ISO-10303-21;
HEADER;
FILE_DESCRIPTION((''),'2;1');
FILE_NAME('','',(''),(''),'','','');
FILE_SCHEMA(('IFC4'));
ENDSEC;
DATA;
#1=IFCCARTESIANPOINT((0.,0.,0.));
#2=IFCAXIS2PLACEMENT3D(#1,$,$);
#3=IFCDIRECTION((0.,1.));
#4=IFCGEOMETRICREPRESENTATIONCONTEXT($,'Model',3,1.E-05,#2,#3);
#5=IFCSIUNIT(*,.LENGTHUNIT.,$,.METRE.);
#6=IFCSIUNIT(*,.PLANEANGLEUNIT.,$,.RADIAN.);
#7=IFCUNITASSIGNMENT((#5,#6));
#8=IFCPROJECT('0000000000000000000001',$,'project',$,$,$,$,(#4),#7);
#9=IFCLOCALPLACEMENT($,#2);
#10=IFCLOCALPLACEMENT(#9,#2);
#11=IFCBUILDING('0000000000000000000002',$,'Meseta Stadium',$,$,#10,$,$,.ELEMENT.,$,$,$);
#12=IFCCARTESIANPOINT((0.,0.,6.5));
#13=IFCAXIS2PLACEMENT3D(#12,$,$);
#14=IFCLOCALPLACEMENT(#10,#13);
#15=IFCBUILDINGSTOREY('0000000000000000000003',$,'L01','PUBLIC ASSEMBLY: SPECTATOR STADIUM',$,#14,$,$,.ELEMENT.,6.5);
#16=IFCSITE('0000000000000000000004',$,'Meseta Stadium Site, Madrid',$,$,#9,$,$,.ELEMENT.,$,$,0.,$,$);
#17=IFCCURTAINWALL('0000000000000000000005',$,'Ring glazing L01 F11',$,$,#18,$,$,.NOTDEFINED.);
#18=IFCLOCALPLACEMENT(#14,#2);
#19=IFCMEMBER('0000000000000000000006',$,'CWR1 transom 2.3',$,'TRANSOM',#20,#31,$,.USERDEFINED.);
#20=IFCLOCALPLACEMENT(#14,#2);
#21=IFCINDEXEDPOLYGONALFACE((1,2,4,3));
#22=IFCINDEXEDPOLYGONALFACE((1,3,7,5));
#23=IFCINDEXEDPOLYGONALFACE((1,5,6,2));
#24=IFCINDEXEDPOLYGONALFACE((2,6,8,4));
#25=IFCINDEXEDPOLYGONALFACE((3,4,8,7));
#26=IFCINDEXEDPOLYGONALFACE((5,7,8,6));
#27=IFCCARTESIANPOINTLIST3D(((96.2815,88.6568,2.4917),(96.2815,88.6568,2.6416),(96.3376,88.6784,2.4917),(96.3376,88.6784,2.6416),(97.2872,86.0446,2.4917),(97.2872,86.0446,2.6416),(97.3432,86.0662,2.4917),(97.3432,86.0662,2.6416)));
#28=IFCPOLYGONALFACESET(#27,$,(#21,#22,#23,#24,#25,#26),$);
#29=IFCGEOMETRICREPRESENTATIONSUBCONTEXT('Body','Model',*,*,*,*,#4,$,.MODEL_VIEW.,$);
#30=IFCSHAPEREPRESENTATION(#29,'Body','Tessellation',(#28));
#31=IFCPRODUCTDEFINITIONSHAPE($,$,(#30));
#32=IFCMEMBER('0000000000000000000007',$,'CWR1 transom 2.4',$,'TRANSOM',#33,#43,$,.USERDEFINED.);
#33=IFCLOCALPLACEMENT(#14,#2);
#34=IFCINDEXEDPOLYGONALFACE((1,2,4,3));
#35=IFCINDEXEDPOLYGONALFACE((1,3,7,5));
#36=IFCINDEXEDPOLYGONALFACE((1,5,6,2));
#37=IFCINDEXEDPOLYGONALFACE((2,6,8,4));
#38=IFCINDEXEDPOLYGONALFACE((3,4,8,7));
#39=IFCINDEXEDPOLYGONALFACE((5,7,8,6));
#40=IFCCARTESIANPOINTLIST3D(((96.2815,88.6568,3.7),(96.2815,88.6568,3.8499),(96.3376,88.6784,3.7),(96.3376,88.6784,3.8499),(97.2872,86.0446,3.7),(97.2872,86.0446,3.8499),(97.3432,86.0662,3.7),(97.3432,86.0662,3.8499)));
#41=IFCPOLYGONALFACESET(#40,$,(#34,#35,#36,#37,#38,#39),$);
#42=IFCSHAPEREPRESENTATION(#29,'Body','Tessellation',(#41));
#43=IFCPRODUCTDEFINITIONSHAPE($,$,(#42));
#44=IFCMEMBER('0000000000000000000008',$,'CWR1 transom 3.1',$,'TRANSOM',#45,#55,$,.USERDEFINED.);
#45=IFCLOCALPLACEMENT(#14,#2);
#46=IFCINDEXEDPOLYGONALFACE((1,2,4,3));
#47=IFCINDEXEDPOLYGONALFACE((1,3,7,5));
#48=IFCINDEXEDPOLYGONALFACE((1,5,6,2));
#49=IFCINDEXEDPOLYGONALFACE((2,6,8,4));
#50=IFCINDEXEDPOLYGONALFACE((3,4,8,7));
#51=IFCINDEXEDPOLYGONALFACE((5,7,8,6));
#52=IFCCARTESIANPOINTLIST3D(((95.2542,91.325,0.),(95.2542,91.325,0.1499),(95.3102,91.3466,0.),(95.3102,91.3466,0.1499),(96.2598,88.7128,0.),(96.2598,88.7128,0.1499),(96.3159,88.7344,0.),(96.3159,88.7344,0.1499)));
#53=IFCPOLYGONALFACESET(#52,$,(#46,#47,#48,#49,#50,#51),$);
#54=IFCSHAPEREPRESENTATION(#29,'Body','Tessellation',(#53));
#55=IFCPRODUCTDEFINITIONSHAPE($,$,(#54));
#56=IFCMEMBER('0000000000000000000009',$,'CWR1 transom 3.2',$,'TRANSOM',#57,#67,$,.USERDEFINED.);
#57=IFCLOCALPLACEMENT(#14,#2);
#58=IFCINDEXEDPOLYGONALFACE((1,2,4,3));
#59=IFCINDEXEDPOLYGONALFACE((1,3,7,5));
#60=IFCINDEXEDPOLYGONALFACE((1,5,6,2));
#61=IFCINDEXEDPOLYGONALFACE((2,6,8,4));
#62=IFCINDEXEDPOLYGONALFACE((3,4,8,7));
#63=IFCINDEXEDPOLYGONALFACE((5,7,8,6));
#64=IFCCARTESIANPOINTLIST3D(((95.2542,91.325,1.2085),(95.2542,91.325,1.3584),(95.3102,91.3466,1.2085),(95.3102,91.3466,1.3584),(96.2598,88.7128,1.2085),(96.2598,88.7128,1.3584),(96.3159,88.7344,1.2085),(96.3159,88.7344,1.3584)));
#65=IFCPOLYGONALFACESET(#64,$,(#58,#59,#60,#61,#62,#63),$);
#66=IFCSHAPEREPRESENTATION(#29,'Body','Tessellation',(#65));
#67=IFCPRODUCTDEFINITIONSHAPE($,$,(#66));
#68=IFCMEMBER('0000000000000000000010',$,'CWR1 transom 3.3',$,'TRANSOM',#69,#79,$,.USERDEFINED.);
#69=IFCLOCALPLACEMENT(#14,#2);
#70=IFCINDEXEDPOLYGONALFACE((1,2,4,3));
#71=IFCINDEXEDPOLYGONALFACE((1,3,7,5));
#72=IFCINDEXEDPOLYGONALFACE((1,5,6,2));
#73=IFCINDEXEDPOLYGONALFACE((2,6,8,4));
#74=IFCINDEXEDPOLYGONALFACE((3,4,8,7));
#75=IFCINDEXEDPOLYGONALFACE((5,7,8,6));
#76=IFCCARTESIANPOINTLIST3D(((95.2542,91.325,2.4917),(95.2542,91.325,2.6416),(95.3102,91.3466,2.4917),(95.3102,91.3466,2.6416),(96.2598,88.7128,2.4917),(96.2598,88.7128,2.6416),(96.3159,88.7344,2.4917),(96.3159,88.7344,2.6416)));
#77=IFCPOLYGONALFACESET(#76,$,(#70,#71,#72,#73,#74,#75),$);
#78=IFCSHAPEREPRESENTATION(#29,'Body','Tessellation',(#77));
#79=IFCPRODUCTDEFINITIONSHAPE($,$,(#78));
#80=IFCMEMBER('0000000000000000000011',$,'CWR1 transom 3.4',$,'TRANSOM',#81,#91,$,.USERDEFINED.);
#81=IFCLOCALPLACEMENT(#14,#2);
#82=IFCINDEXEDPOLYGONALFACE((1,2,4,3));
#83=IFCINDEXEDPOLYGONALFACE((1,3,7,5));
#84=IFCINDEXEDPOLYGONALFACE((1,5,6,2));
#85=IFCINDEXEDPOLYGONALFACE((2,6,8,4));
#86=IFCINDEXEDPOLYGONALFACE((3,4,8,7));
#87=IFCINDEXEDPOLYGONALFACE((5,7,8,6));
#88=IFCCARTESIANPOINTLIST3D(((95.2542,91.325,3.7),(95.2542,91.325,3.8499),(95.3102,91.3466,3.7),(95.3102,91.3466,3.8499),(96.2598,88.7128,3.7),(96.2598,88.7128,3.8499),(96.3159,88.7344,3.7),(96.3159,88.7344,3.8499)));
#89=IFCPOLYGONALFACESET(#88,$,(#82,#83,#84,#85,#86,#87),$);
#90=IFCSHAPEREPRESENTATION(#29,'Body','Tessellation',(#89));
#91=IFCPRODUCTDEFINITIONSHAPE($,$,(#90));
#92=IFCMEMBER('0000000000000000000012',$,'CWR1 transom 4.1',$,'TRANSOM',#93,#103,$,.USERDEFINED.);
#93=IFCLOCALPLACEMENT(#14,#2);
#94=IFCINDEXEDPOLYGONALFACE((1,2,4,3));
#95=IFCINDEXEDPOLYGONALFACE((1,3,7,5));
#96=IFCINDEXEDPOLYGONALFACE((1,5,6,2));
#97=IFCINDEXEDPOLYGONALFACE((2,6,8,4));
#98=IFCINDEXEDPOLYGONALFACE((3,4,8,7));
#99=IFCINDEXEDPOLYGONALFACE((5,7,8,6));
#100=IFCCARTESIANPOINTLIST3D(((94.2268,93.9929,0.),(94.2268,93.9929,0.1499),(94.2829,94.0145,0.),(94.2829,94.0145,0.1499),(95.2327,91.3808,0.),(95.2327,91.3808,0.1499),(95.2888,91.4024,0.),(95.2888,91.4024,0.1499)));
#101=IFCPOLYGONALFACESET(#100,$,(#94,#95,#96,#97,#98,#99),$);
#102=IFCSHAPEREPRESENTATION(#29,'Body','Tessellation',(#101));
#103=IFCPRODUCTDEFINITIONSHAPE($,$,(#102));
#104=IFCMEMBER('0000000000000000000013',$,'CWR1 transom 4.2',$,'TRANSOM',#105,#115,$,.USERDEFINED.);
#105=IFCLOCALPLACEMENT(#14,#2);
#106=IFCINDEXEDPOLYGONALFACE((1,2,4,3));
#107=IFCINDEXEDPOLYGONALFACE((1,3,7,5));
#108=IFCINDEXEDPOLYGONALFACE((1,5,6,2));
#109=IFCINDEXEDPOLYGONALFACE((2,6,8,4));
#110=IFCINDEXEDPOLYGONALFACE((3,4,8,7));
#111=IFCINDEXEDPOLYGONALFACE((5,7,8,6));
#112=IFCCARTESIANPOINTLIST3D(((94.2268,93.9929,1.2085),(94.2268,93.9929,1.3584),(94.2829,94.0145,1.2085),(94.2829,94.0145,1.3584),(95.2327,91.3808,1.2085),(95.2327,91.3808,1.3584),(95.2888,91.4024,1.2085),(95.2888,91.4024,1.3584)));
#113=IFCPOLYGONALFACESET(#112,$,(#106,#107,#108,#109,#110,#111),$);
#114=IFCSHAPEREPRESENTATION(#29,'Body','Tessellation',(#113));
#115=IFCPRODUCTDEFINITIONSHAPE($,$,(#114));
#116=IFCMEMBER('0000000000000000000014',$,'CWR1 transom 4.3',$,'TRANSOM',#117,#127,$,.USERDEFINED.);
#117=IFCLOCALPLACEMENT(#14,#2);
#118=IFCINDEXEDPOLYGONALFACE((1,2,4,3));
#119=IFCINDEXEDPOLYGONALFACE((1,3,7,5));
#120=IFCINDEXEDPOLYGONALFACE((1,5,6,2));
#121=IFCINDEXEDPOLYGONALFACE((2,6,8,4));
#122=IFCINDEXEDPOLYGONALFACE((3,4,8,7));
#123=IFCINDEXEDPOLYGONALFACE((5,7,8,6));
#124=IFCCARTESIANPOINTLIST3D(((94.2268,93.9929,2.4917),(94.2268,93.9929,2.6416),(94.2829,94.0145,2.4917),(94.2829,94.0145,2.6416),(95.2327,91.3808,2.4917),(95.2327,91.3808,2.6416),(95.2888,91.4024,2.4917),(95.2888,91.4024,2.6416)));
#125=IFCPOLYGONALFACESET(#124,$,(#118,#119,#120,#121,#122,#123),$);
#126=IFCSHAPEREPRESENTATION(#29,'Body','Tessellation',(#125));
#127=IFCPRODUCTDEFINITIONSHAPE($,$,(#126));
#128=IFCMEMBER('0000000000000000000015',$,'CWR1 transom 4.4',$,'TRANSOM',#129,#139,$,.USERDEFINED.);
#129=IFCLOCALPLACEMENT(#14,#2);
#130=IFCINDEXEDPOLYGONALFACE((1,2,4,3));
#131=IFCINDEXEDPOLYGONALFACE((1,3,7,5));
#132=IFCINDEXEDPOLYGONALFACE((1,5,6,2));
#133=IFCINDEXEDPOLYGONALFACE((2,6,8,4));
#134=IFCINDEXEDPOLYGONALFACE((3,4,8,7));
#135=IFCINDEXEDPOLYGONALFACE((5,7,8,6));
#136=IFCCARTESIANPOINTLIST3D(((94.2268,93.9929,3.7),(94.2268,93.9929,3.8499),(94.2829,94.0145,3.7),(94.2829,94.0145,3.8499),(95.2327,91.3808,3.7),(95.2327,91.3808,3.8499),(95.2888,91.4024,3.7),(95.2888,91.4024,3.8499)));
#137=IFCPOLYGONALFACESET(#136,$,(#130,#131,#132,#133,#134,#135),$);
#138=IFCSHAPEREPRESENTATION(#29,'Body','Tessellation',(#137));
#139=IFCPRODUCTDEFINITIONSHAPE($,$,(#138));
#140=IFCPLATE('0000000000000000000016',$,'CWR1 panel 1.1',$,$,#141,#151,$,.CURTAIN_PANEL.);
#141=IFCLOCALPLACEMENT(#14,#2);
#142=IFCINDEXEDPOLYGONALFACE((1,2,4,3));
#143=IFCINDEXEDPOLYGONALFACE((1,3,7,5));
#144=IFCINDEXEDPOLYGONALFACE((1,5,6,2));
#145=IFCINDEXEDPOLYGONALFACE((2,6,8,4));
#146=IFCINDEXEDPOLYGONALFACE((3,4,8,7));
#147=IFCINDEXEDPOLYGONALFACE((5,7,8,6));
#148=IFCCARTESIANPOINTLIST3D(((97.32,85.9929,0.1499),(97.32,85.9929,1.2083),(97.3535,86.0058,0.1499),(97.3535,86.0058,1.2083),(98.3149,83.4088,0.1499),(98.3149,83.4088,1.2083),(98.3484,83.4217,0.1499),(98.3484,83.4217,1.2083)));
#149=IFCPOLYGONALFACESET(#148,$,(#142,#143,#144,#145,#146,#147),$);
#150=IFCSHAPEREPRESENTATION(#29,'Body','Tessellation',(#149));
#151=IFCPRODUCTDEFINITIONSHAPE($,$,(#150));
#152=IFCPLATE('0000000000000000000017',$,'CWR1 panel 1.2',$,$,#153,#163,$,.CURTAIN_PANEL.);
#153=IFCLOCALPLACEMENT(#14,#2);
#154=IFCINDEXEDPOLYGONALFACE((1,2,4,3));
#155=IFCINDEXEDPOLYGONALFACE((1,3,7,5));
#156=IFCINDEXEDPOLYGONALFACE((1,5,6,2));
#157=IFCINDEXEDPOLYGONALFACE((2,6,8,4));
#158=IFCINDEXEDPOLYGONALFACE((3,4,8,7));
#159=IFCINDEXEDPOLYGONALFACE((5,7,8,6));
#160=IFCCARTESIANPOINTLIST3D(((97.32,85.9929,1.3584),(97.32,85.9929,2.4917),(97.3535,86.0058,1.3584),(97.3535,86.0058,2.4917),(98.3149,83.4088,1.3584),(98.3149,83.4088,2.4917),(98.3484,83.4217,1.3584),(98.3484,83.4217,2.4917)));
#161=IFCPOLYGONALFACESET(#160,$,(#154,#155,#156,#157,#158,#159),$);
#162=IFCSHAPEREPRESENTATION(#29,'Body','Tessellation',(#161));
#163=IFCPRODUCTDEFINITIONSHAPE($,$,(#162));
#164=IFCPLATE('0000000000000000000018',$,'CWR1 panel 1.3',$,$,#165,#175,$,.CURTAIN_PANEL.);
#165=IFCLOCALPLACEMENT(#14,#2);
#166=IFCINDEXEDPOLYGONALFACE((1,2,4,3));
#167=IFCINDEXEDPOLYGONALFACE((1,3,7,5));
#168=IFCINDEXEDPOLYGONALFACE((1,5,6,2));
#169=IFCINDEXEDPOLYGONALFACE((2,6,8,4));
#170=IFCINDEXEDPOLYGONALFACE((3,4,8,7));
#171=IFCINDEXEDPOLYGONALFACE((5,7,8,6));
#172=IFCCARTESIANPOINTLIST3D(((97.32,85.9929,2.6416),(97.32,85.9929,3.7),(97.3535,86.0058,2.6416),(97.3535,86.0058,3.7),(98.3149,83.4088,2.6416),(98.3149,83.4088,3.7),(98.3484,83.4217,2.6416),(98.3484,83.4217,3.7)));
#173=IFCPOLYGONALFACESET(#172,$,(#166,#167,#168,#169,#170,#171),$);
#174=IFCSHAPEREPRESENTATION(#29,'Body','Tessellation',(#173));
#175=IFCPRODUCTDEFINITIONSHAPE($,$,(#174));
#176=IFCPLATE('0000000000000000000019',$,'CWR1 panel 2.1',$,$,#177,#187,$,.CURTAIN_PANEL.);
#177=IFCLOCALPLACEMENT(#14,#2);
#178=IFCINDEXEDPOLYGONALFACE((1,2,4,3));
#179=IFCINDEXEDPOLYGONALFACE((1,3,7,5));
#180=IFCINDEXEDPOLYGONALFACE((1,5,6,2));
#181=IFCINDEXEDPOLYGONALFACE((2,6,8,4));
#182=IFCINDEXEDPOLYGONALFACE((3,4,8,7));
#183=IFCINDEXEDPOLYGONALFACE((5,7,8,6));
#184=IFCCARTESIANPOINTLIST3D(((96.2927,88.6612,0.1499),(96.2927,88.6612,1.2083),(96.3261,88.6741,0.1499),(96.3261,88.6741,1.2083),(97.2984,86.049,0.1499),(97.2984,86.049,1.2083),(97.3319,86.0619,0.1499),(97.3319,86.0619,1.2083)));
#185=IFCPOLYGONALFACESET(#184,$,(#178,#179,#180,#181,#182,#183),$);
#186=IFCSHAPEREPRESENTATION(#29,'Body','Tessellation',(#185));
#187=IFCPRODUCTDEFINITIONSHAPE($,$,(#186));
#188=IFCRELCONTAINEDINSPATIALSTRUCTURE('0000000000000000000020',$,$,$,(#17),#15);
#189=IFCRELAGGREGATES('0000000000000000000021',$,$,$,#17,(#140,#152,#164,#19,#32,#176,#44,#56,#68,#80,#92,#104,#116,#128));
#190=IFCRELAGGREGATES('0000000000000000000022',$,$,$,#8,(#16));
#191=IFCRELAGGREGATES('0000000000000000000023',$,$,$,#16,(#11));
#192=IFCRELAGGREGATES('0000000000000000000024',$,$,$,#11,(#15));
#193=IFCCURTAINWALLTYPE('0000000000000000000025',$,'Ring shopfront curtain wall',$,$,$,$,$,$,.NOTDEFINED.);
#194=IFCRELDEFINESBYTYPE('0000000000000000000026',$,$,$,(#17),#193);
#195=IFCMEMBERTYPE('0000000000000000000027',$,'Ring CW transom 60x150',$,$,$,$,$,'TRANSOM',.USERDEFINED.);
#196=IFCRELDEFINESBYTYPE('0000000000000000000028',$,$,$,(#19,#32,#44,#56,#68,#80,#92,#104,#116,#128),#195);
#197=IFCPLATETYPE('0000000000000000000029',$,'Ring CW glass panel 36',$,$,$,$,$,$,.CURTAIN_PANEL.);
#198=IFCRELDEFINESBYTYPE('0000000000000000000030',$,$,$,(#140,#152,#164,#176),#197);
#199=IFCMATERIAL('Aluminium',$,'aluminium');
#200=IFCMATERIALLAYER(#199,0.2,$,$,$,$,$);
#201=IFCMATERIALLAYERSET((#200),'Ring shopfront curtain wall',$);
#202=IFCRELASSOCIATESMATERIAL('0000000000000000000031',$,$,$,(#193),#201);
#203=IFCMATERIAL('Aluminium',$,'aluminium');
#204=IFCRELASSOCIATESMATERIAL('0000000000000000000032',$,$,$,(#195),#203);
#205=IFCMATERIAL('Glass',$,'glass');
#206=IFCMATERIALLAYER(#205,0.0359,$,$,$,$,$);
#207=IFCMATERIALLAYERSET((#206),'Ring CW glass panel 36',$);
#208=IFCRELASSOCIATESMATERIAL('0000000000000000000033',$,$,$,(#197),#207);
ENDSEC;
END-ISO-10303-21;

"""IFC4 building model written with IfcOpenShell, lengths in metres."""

from ifc_helpers import new_model, si_unit, direction, frame, origin, origin_2d, place, context, subcontext, project, spatial, rectangle, extrude, material, layer, layer_set, material_profile, profile_set, type_object, element, aggregate, save


model = new_model("IFC4")

# Units and contexts
model_context = context("Model", 3, precision=1e-05, world=origin(), true_north=direction((0.0, 1.0)))
body_context = subcontext(model_context, "Body", "Model", "MODEL_VIEW")
ifc_project = project(units=[si_unit("LENGTHUNIT", "METRE"), si_unit("PLANEANGLEUNIT", "RADIAN")], contexts=[model_context])

# Site, building, storey
site_placement = place(None, origin())
site = spatial("IfcSite", under=ifc_project, at=site_placement, Name="Meseta Stadium Site, Madrid", CompositionType="ELEMENT", RefElevation=0.0)
building_placement = place(site_placement, origin())
building = spatial("IfcBuilding", under=site, at=building_placement, Name="Meseta Stadium", CompositionType="ELEMENT")
storey_placement = place(building_placement, frame((0.0, 0.0, 6.5)))
storey = spatial("IfcBuildingStorey", under=building, at=storey_placement, Name="L01", Description="PUBLIC ASSEMBLY: SPECTATOR STADIUM", CompositionType="ELEMENT", Elevation=6.5)

# Curtain wall, members, plates
ifc_material_1 = material(Name="Aluminium", Category="aluminium")
ifc_layer_1 = layer(ifc_material_1, 0.2)
ifc_layer_set_1 = layer_set([ifc_layer_1], Name="Ring shopfront curtain wall")
curtain_wall_type = type_object("IfcCurtainWallType", Name="Ring shopfront curtain wall", PredefinedType="NOTDEFINED", material=ifc_layer_set_1)
curtain_wall_placement = place(storey_placement, origin())
curtain_wall = element("IfcCurtainWall", 1, at=curtain_wall_placement, inside=storey, type_object=curtain_wall_type, Name="Ring glazing L01 F11", PredefinedType="NOTDEFINED")
ifc_material_2 = material(Name="Aluminium", Category="aluminium")
ifc_material_profile_1 = material_profile(ifc_material_2, rectangle(XDim=0.0601, YDim=0.1499, at=origin_2d()), Name="CW 60x150")
ifc_profile_set_1 = profile_set([ifc_material_profile_1], Name="Aluminium")
member_type_1 = type_object("IfcMemberType", Name="Ring CW transom 60x150", ElementType="TRANSOM", PredefinedType="USERDEFINED", material=ifc_profile_set_1)
member_1_placement = place(storey_placement, frame((97.3152, 86.0554, 2.5667), z_axis=(-0.359283, 0.933229, 0.0), x_axis=(-0.933229, -0.359283, 0.0)))
member_1 = element("IfcMember", 2, at=member_1_placement, type_object=member_type_1, Name="CWR1 transom 2.3", ObjectType="TRANSOM", PredefinedType="USERDEFINED", context=body_context, shape_type="SweptSolid", body=[
    extrude(rectangle(XDim=0.0601, YDim=0.1499, at=origin_2d()), origin(), (0.0, 0.0, 1.0), 2.7991),
])
member_2_placement = place(storey_placement, frame((97.3152, 86.0554, 3.7749), z_axis=(-0.359283, 0.933229, 0.0), x_axis=(-0.933229, -0.359283, 0.0)))
member_2 = element("IfcMember", 3, at=member_2_placement, type_object=member_type_1, Name="CWR1 transom 2.4", ObjectType="TRANSOM", PredefinedType="USERDEFINED", context=body_context, shape_type="SweptSolid", body=[
    extrude(rectangle(XDim=0.0601, YDim=0.1499, at=origin_2d()), origin(), (0.0, 0.0, 1.0), 2.7991),
])
member_3_placement = place(storey_placement, frame((96.2878, 88.7236, 0.075), z_axis=(-0.359283, 0.933229, 0.0), x_axis=(-0.933229, -0.359283, 0.0)))
member_3 = element("IfcMember", 4, at=member_3_placement, type_object=member_type_1, Name="CWR1 transom 3.1", ObjectType="TRANSOM", PredefinedType="USERDEFINED", context=body_context, shape_type="SweptSolid", body=[
    extrude(rectangle(XDim=0.0601, YDim=0.1499, at=origin_2d()), origin(), (0.0, 0.0, 1.0), 2.7991),
])
member_4_placement = place(storey_placement, frame((96.2878, 88.7236, 1.2834), z_axis=(-0.359283, 0.933229, 0.0), x_axis=(-0.933229, -0.359283, 0.0)))
member_4 = element("IfcMember", 5, at=member_4_placement, type_object=member_type_1, Name="CWR1 transom 3.2", ObjectType="TRANSOM", PredefinedType="USERDEFINED", context=body_context, shape_type="SweptSolid", body=[
    extrude(rectangle(XDim=0.0601, YDim=0.1499, at=origin_2d()), origin(), (0.0, 0.0, 1.0), 2.7991),
])
member_5_placement = place(storey_placement, frame((96.2878, 88.7236, 2.5667), z_axis=(-0.359283, 0.933229, 0.0), x_axis=(-0.933229, -0.359283, 0.0)))
member_5 = element("IfcMember", 6, at=member_5_placement, type_object=member_type_1, Name="CWR1 transom 3.3", ObjectType="TRANSOM", PredefinedType="USERDEFINED", context=body_context, shape_type="SweptSolid", body=[
    extrude(rectangle(XDim=0.0601, YDim=0.1499, at=origin_2d()), origin(), (0.0, 0.0, 1.0), 2.7991),
])
member_6_placement = place(storey_placement, frame((96.2878, 88.7236, 3.7749), z_axis=(-0.359283, 0.933229, 0.0), x_axis=(-0.933229, -0.359283, 0.0)))
member_6 = element("IfcMember", 7, at=member_6_placement, type_object=member_type_1, Name="CWR1 transom 3.4", ObjectType="TRANSOM", PredefinedType="USERDEFINED", context=body_context, shape_type="SweptSolid", body=[
    extrude(rectangle(XDim=0.0601, YDim=0.1499, at=origin_2d()), origin(), (0.0, 0.0, 1.0), 2.7991),
])
member_7_placement = place(storey_placement, frame((95.2607, 91.3916, 0.075), z_axis=(-0.359359, 0.933199, 0.0), x_axis=(-0.933199, -0.359359, 0.0)))
member_7 = element("IfcMember", 8, at=member_7_placement, type_object=member_type_1, Name="CWR1 transom 4.1", ObjectType="TRANSOM", PredefinedType="USERDEFINED", context=body_context, shape_type="SweptSolid", body=[
    extrude(rectangle(XDim=0.0601, YDim=0.1499, at=origin_2d()), origin(), (0.0, 0.0, 1.0), 2.7991),
])
member_8_placement = place(storey_placement, frame((95.2607, 91.3916, 1.2834), z_axis=(-0.359359, 0.933199, 0.0), x_axis=(-0.933199, -0.359359, 0.0)))
member_8 = element("IfcMember", 9, at=member_8_placement, type_object=member_type_1, Name="CWR1 transom 4.2", ObjectType="TRANSOM", PredefinedType="USERDEFINED", context=body_context, shape_type="SweptSolid", body=[
    extrude(rectangle(XDim=0.0601, YDim=0.1499, at=origin_2d()), origin(), (0.0, 0.0, 1.0), 2.7991),
])
member_9_placement = place(storey_placement, frame((95.2607, 91.3916, 2.5667), z_axis=(-0.359359, 0.933199, 0.0), x_axis=(-0.933199, -0.359359, 0.0)))
member_9 = element("IfcMember", 10, at=member_9_placement, type_object=member_type_1, Name="CWR1 transom 4.3", ObjectType="TRANSOM", PredefinedType="USERDEFINED", context=body_context, shape_type="SweptSolid", body=[
    extrude(rectangle(XDim=0.0601, YDim=0.1499, at=origin_2d()), origin(), (0.0, 0.0, 1.0), 2.7991),
])
member_10_placement = place(storey_placement, frame((95.2607, 91.3916, 3.7749), z_axis=(-0.359359, 0.933199, 0.0), x_axis=(-0.933199, -0.359359, 0.0)))
member_10 = element("IfcMember", 11, at=member_10_placement, type_object=member_type_1, Name="CWR1 transom 4.4", ObjectType="TRANSOM", PredefinedType="USERDEFINED", context=body_context, shape_type="SweptSolid", body=[
    extrude(rectangle(XDim=0.0601, YDim=0.1499, at=origin_2d()), origin(), (0.0, 0.0, 1.0), 2.7991),
])
ifc_material_3 = material(Name="Glass", Category="glass")
ifc_layer_2 = layer(ifc_material_3, 0.0359)
ifc_layer_set_2 = layer_set([ifc_layer_2], Name="Ring CW glass panel 36")
plate_type_1 = type_object("IfcPlateType", Name="Ring CW glass panel 36", PredefinedType="CURTAIN_PANEL", material=ifc_layer_set_2)
plate_1_placement = place(storey_placement, frame((97.8342, 84.7073, 0.1499), z_axis=(0.0, 0.0, 1.0), x_axis=(-0.359302, 0.933221, 0.0)))
plate_1 = element("IfcPlate", 12, at=plate_1_placement, type_object=plate_type_1, Name="CWR1 panel 1.1", PredefinedType="CURTAIN_PANEL", context=body_context, shape_type="SweptSolid", body=[
    extrude(rectangle(XDim=2.769, YDim=0.0359, at=origin_2d()), origin(), (0.0, 0.0, 1.0), 1.0583),
])
plate_2_placement = place(storey_placement, frame((97.8342, 84.7073, 1.3584), z_axis=(0.0, 0.0, 1.0), x_axis=(-0.359302, 0.933221, 0.0)))
plate_2 = element("IfcPlate", 13, at=plate_2_placement, type_object=plate_type_1, Name="CWR1 panel 1.2", PredefinedType="CURTAIN_PANEL", context=body_context, shape_type="SweptSolid", body=[
    extrude(rectangle(XDim=2.769, YDim=0.0359, at=origin_2d()), origin(), (0.0, 0.0, 1.0), 1.1333),
])
plate_3_placement = place(storey_placement, frame((97.8342, 84.7073, 2.6416), z_axis=(0.0, 0.0, 1.0), x_axis=(-0.359302, 0.933221, 0.0)))
plate_3 = element("IfcPlate", 14, at=plate_3_placement, type_object=plate_type_1, Name="CWR1 panel 1.3", PredefinedType="CURTAIN_PANEL", context=body_context, shape_type="SweptSolid", body=[
    extrude(rectangle(XDim=2.769, YDim=0.0359, at=origin_2d()), origin(), (0.0, 0.0, 1.0), 1.0583),
])
plate_4_placement = place(storey_placement, frame((96.8123, 87.3616, 0.1499), z_axis=(0.0, 0.0, 1.0), x_axis=(-0.359302, 0.933221, 0.0)))
plate_4 = element("IfcPlate", 15, at=plate_4_placement, type_object=plate_type_1, Name="CWR1 panel 2.1", PredefinedType="CURTAIN_PANEL", context=body_context, shape_type="SweptSolid", body=[
    extrude(rectangle(XDim=2.7991, YDim=0.0359, at=origin_2d()), origin(), (0.0, 0.0, 1.0), 1.0583),
])
aggregate(curtain_wall, [plate_1, plate_2, plate_3, member_1, member_2, plate_4, member_3, member_4, member_5, member_6, member_7, member_8, member_9, member_10])

save(model, "model.ifc")
